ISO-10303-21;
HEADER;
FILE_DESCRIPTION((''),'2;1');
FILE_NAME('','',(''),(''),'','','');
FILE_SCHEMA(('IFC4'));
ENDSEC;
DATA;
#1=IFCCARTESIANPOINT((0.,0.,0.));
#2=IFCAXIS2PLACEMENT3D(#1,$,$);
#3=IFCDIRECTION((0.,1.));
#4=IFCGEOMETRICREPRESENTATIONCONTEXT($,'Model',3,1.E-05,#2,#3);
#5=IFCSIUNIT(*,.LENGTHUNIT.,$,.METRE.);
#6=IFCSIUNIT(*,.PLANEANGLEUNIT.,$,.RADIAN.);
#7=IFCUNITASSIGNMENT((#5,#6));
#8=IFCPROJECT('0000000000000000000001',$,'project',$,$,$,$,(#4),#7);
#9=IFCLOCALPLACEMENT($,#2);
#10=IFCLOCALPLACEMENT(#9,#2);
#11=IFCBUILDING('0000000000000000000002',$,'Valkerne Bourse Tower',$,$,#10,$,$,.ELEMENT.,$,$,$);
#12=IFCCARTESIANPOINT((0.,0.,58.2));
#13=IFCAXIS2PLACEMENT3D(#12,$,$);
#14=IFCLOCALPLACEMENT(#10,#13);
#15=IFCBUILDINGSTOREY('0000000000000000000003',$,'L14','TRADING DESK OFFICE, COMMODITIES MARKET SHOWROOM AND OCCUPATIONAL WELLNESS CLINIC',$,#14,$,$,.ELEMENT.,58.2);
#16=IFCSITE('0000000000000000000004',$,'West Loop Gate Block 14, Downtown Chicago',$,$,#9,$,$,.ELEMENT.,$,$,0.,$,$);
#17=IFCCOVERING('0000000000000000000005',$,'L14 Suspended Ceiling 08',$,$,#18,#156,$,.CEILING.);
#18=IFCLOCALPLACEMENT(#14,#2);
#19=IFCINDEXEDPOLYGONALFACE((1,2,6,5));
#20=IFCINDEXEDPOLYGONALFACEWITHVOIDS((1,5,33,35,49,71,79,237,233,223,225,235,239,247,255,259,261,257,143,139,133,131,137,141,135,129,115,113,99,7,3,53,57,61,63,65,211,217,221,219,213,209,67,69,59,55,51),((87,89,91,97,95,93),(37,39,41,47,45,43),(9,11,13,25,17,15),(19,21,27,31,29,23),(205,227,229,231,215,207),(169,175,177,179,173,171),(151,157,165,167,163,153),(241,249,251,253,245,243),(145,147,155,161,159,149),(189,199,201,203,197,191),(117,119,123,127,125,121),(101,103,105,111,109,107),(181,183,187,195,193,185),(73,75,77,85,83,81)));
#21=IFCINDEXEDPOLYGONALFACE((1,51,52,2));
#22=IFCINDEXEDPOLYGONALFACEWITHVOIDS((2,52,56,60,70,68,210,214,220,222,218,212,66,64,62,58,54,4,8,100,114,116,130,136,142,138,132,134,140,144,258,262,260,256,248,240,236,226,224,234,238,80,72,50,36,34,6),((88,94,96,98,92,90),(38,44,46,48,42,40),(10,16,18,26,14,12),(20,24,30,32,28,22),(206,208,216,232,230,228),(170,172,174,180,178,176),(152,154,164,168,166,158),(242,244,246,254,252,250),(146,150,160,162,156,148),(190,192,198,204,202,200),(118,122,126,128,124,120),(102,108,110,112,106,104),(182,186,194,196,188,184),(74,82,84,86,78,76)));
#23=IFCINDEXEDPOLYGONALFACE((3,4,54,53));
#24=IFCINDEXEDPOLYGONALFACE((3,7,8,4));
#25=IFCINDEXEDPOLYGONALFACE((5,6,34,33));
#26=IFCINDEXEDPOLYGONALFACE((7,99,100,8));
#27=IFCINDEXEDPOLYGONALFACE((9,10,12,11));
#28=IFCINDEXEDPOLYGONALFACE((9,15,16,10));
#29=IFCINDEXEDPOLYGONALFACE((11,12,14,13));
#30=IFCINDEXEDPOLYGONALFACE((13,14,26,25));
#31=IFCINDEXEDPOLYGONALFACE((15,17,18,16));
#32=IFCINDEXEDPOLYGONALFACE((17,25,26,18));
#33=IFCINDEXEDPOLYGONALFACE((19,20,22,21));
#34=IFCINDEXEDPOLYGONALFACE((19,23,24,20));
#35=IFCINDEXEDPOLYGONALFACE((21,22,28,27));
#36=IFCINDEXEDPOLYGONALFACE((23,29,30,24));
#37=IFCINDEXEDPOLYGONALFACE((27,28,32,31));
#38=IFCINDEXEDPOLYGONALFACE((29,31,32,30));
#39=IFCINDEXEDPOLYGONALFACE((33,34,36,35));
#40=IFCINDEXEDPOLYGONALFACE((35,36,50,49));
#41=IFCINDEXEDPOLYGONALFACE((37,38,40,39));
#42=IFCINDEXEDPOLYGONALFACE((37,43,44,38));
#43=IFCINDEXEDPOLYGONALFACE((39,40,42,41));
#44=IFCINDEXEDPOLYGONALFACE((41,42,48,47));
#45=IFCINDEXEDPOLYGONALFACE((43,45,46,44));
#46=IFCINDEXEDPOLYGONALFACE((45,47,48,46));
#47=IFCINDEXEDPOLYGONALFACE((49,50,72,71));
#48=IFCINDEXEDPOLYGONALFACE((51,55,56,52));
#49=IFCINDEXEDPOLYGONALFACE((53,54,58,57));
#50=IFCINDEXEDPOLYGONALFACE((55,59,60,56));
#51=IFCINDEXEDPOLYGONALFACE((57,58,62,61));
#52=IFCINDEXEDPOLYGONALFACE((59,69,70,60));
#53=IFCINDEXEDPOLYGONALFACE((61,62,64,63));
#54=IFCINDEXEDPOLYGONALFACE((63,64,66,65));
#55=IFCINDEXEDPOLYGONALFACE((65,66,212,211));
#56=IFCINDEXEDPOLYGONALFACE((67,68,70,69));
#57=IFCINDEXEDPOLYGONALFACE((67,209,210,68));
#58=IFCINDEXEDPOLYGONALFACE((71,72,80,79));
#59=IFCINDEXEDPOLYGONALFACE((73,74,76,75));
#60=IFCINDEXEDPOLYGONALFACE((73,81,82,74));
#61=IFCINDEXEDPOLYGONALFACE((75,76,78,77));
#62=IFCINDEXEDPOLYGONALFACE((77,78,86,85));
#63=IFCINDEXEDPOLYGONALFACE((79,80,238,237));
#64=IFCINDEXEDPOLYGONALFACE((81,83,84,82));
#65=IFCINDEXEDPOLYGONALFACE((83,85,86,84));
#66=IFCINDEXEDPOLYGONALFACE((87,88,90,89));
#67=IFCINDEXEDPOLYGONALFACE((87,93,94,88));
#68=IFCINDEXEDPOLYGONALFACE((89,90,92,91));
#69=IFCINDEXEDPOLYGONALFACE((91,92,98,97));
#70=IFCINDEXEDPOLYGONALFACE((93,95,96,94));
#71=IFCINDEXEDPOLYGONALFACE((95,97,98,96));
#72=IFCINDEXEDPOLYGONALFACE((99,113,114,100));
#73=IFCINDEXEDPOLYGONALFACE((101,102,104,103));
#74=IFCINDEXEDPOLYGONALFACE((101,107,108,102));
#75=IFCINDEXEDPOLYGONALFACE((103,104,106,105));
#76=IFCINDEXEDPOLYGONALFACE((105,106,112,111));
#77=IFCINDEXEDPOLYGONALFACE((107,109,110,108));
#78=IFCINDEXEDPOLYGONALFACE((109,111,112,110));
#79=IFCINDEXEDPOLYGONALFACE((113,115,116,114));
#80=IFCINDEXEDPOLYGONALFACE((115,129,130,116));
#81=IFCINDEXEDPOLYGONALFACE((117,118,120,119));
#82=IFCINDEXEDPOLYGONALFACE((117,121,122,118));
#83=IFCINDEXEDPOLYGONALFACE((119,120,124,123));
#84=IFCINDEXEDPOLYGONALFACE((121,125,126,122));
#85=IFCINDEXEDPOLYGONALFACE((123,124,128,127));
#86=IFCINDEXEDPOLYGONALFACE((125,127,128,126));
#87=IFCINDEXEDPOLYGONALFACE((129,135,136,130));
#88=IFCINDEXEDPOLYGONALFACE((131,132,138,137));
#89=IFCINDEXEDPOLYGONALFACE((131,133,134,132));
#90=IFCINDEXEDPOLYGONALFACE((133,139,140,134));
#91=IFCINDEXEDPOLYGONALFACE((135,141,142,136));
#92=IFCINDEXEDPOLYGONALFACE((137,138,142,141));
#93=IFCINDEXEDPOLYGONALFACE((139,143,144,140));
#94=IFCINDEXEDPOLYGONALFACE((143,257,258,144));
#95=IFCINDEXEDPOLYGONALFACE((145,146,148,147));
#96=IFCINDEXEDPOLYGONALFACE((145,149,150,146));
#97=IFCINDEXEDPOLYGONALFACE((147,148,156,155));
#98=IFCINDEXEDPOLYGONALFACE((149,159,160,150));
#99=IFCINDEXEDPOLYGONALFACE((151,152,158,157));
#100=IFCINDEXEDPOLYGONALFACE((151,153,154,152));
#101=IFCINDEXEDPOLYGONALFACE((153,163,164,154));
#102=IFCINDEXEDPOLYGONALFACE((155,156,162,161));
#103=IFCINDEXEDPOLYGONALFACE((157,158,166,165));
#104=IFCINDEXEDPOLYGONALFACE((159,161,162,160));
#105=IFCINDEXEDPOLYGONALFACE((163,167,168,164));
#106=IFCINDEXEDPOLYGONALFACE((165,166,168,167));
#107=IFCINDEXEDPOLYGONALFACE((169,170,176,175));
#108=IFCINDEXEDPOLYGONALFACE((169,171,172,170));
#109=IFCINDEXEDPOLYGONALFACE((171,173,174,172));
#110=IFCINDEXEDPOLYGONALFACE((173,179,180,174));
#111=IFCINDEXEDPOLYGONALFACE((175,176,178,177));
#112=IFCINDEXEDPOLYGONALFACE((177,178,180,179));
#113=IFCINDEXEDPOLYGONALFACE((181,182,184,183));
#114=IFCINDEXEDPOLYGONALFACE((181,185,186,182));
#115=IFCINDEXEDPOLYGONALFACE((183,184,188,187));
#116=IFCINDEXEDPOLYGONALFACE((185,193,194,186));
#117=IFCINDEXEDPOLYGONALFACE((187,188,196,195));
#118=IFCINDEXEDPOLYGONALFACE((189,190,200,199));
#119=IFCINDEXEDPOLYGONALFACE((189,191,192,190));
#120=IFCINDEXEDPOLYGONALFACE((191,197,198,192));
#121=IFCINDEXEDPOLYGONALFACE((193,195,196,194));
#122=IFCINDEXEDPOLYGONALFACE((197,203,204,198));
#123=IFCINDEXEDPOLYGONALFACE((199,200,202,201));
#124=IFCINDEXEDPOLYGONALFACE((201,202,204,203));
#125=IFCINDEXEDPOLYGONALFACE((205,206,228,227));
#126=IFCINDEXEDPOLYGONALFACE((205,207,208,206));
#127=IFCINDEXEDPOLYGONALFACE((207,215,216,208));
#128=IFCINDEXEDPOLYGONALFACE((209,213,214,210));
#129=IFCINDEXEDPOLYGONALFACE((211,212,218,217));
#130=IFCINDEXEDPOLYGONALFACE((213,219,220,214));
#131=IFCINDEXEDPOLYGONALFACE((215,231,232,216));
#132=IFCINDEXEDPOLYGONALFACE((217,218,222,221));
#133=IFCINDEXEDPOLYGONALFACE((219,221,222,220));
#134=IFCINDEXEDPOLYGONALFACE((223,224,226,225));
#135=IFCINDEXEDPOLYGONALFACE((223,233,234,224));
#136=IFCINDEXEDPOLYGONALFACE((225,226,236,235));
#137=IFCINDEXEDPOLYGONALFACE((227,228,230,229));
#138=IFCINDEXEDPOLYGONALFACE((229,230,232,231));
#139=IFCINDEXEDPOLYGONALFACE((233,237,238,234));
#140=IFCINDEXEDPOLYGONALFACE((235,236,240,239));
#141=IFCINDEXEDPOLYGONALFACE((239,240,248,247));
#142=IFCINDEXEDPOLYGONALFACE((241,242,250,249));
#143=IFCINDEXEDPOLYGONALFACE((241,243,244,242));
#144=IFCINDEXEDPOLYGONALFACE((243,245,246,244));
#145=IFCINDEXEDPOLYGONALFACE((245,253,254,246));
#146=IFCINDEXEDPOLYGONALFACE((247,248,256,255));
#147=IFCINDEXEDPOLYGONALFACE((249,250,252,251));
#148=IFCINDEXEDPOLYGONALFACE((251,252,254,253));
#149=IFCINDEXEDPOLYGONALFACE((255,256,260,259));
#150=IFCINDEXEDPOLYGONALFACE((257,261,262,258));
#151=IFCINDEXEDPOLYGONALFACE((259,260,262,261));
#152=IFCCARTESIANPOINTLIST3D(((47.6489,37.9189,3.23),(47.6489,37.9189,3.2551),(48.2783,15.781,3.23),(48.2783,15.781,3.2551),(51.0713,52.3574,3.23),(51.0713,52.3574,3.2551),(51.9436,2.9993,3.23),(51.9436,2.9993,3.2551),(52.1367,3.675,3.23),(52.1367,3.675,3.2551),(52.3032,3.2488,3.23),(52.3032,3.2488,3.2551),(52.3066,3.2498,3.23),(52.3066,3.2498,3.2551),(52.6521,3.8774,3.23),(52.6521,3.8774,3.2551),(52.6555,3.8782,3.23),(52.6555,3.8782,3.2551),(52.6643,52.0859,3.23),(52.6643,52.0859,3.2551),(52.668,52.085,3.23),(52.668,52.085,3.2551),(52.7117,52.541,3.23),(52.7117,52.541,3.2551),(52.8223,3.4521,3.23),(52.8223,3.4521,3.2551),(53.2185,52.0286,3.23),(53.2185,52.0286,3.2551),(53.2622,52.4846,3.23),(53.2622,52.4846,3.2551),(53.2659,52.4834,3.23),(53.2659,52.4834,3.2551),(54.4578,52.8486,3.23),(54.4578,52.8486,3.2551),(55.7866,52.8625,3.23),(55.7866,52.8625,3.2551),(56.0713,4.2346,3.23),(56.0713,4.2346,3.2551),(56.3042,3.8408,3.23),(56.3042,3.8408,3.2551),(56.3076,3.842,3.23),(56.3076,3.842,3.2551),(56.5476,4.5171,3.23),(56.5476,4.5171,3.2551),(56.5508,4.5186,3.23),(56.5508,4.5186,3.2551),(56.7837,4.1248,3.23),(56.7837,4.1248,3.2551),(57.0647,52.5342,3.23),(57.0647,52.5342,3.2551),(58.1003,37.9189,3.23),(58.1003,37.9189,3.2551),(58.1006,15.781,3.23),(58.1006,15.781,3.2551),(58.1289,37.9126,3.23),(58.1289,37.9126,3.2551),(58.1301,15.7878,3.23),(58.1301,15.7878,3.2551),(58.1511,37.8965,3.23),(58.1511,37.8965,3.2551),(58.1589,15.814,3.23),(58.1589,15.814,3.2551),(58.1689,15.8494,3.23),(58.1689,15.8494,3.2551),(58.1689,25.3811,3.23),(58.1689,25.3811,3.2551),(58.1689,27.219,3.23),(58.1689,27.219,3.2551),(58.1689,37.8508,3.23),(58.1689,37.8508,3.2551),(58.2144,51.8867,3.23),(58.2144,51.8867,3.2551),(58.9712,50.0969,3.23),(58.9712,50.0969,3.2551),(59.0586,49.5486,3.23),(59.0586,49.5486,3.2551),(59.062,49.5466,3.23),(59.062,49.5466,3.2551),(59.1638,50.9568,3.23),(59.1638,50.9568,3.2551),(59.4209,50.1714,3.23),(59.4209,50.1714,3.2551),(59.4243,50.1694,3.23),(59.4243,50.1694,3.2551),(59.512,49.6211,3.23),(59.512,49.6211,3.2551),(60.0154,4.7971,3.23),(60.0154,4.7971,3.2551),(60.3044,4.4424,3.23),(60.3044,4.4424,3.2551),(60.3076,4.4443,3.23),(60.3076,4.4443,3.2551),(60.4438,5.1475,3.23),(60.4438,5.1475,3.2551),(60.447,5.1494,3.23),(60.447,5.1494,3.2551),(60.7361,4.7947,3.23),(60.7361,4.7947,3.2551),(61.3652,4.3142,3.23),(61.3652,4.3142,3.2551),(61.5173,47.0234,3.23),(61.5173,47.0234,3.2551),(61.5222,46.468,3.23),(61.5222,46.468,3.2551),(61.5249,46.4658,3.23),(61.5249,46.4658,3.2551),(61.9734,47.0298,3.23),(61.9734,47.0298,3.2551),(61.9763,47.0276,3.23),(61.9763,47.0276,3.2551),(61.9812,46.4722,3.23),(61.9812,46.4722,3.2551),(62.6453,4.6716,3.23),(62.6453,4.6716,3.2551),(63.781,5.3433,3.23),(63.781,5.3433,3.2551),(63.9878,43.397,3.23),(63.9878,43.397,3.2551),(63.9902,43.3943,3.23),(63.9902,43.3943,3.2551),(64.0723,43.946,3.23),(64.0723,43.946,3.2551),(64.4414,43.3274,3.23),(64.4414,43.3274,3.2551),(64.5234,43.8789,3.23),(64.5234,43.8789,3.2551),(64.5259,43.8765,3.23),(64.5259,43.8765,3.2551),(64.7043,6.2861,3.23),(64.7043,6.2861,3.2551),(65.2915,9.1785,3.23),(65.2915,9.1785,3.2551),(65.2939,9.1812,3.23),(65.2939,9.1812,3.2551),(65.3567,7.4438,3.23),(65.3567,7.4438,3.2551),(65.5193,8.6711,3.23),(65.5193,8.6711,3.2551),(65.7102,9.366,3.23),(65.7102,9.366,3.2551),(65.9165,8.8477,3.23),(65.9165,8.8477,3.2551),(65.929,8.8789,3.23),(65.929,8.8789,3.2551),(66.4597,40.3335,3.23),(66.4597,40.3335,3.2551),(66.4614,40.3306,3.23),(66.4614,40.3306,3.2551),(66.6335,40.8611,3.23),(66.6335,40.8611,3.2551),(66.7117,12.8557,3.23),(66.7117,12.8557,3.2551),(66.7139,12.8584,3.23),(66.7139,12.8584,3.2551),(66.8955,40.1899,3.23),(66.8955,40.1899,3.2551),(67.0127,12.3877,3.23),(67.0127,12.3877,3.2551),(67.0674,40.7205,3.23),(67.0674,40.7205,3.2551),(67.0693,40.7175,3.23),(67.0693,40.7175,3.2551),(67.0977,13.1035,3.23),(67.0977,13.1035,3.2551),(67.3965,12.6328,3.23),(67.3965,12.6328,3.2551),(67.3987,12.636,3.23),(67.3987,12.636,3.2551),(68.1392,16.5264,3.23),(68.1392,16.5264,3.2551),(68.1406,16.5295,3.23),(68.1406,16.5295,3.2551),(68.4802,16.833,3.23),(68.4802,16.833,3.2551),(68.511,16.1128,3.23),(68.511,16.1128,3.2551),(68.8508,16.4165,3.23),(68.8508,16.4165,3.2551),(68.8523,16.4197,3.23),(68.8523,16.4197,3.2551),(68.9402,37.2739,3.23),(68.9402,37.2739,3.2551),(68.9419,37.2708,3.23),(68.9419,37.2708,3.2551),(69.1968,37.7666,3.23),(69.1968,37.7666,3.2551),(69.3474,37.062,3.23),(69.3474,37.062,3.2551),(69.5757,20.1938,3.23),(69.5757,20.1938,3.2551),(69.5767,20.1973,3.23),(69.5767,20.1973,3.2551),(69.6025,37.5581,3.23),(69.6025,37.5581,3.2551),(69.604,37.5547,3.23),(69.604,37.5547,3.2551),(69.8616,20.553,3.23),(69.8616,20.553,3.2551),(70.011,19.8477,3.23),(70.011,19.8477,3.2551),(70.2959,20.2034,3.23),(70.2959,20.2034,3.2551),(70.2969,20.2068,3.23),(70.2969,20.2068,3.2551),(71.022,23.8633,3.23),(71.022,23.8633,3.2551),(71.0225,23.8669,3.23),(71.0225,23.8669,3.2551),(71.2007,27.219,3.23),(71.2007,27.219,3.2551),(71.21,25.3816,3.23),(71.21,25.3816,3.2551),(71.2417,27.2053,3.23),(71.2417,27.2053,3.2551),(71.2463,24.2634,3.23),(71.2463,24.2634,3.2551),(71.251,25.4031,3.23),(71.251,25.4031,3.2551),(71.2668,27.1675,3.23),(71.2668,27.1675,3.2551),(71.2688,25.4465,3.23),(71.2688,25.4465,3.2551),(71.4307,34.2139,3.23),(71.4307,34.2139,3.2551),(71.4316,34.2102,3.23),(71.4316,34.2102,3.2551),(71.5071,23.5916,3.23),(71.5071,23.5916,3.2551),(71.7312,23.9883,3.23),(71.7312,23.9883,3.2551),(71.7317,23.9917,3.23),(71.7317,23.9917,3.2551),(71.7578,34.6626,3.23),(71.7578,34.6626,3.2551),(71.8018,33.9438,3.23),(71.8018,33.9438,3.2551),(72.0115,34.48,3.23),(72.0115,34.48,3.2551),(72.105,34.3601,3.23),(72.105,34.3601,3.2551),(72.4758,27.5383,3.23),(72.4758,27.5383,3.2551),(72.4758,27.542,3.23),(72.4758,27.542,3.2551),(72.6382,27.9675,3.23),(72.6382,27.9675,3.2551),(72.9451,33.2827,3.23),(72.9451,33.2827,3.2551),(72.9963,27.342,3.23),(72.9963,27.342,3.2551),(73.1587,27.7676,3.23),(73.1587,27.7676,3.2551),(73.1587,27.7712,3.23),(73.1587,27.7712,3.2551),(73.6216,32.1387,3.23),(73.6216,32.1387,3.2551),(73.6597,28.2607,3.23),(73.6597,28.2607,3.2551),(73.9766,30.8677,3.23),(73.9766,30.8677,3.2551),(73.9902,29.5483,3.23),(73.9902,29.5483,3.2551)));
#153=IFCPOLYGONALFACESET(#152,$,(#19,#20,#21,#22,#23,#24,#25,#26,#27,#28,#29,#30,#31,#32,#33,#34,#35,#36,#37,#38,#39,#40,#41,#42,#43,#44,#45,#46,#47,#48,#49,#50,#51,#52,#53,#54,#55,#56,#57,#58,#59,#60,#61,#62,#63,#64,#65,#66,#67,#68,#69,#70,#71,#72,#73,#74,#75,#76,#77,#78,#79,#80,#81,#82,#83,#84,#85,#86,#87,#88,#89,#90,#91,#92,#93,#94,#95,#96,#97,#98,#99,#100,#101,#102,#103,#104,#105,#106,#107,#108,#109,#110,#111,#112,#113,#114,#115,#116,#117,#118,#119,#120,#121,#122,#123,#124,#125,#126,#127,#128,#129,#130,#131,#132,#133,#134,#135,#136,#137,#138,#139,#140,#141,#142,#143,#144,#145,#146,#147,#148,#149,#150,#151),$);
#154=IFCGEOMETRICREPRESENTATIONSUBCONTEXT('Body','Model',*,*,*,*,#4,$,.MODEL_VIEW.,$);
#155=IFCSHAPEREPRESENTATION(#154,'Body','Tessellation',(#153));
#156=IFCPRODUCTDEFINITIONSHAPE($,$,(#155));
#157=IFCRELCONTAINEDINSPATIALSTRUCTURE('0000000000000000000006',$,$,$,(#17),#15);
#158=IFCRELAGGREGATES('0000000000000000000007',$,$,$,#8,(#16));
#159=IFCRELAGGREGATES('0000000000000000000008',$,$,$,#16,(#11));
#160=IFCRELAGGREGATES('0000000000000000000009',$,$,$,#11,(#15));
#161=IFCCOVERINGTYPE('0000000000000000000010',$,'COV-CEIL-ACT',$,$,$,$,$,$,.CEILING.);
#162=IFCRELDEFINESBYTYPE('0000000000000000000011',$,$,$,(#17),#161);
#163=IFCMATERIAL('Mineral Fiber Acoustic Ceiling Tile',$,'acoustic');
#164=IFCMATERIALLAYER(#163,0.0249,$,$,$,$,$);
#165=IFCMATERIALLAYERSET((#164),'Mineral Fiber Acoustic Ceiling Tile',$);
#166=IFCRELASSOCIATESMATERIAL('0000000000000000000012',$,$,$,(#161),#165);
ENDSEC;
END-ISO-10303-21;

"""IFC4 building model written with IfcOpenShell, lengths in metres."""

from ifc_helpers import new_model, si_unit, direction, frame, origin, place, context, subcontext, project, spatial, polyline, outline, extrude, material, layer, layer_set, type_object, element, save


model = new_model("IFC4")

# Units and contexts
model_context = context("Model", 3, precision=1e-05, world=origin(), true_north=direction((0.0, 1.0)))
body_context = subcontext(model_context, "Body", "Model", "MODEL_VIEW")
ifc_project = project(units=[si_unit("LENGTHUNIT", "METRE"), si_unit("PLANEANGLEUNIT", "RADIAN")], contexts=[model_context])

# Site, building, storey
site_placement = place(None, origin())
site = spatial("IfcSite", under=ifc_project, at=site_placement, Name="West Loop Gate Block 14, Downtown Chicago", CompositionType="ELEMENT", RefElevation=0.0)
building_placement = place(site_placement, origin())
building = spatial("IfcBuilding", under=site, at=building_placement, Name="Valkerne Bourse Tower", CompositionType="ELEMENT")
storey_placement = place(building_placement, frame((0.0, 0.0, 58.2)))
storey = spatial("IfcBuildingStorey", under=building, at=storey_placement, Name="L14", Description="TRADING DESK OFFICE, COMMODITIES MARKET SHOWROOM AND OCCUPATIONAL WELLNESS CLINIC", CompositionType="ELEMENT", Elevation=58.2)

# Covering
ifc_material_1 = material(Name="Mineral Fiber Acoustic Ceiling Tile", Category="acoustic")
ifc_layer_1 = layer(ifc_material_1, 0.0249)
ifc_layer_set_1 = layer_set([ifc_layer_1], Name="Mineral Fiber Acoustic Ceiling Tile")
covering_type_1 = type_object("IfcCoveringType", Name="COV-CEIL-ACT", PredefinedType="CEILING", material=ifc_layer_set_1)
covering_1_placement = place(storey_placement, frame((0.0, 0.0, 3.23)))
element("IfcCovering", 1, at=covering_1_placement, inside=storey, type_object=covering_type_1, Name="L14 Suspended Ceiling 08", PredefinedType="CEILING", context=body_context, shape_type="SweptSolid", body=[
    extrude(outline(polyline([(62.6453, 4.6716), (61.3652, 4.3142), (51.9436, 2.9993), (48.2783, 15.781), (58.1006, 15.781), (58.1301, 15.7878), (58.1589, 15.814), (58.1689, 15.8494), (58.1689, 25.3811), (71.21, 25.3816), (71.251, 25.4031), (71.2688, 25.4465), (71.2668, 27.1675), (71.2417, 27.2053), (71.2007, 27.219), (58.1689, 27.219), (58.1689, 37.8508), (58.1511, 37.8965), (58.1289, 37.9126), (58.1003, 37.9189), (47.6489, 37.9189), (51.0713, 52.3574), (54.4578, 52.8486), (55.7866, 52.8625), (57.0647, 52.5342), (58.2144, 51.8867), (59.1638, 50.9568), (72.0115, 34.48), (71.7578, 34.6626), (71.4307, 34.2139), (71.4316, 34.2102), (71.8018, 33.9438), (72.105, 34.3601), (72.9451, 33.2827), (73.6216, 32.1387), (73.9766, 30.8677), (73.9902, 29.5483), (73.6597, 28.2607), (65.929, 8.8789), (65.7102, 9.366), (65.2939, 9.1812), (65.2915, 9.1785), (65.5193, 8.6711), (65.9165, 8.8477), (65.3567, 7.4438), (64.7043, 6.2861), (63.781, 5.3433), (62.6453, 4.6716)]), holes=[polyline([(52.3066, 3.2498), (52.8223, 3.4521), (52.6555, 3.8782), (52.6521, 3.8774), (52.1367, 3.675), (52.3032, 3.2488), (52.3066, 3.2498)]), polyline([(53.2659, 52.4834), (53.2622, 52.4846), (52.7117, 52.541), (52.6643, 52.0859), (52.668, 52.085), (53.2185, 52.0286), (53.2659, 52.4834)]), polyline([(56.7837, 4.1248), (56.5508, 4.5186), (56.5476, 4.5171), (56.0713, 4.2346), (56.3042, 3.8408), (56.3076, 3.842), (56.7837, 4.1248)]), polyline([(60.3076, 4.4443), (60.7361, 4.7947), (60.447, 5.1494), (60.4438, 5.1475), (60.0154, 4.7971), (60.3044, 4.4424), (60.3076, 4.4443)]), polyline([(67.3987, 12.636), (67.0977, 13.1035), (66.7139, 12.8584), (66.7117, 12.8557), (67.0127, 12.3877), (67.3965, 12.6328), (67.3987, 12.636)]), polyline([(68.8508, 16.4165), (68.8523, 16.4197), (68.4802, 16.833), (68.1406, 16.5295), (68.1392, 16.5264), (68.511, 16.1128), (68.8508, 16.4165)]), polyline([(70.2959, 20.2034), (70.2969, 20.2068), (69.8616, 20.553), (69.5767, 20.1973), (69.5757, 20.1938), (70.011, 19.8477), (70.2959, 20.2034)]), polyline([(71.7317, 23.9917), (71.2463, 24.2634), (71.0225, 23.8669), (71.022, 23.8633), (71.5071, 23.5916), (71.7312, 23.9883), (71.7317, 23.9917)]), polyline([(73.1587, 27.7676), (73.1587, 27.7712), (72.6382, 27.9675), (72.4758, 27.542), (72.4758, 27.5383), (72.9963, 27.342), (73.1587, 27.7676)]), polyline([(69.6025, 37.5581), (69.1968, 37.7666), (68.9402, 37.2739), (68.9419, 37.2708), (69.3474, 37.062), (69.604, 37.5547), (69.6025, 37.5581)]), polyline([(67.0693, 40.7175), (67.0674, 40.7205), (66.6335, 40.8611), (66.4597, 40.3335), (66.4614, 40.3306), (66.8955, 40.1899), (67.0693, 40.7175)]), polyline([(64.5259, 43.8765), (64.5234, 43.8789), (64.0723, 43.946), (63.9878, 43.397), (63.9902, 43.3943), (64.4414, 43.3274), (64.5259, 43.8765)]), polyline([(61.9763, 47.0276), (61.9734, 47.0298), (61.5173, 47.0234), (61.5222, 46.468), (61.5249, 46.4658), (61.9812, 46.4722), (61.9763, 47.0276)]), polyline([(59.512, 49.6211), (59.4243, 50.1694), (59.4209, 50.1714), (58.9712, 50.0969), (59.0586, 49.5486), (59.062, 49.5466), (59.512, 49.6211)])]), origin(), (0.0, 0.0, 1.0), 0.0251),
])

save(model, "model.ifc")
